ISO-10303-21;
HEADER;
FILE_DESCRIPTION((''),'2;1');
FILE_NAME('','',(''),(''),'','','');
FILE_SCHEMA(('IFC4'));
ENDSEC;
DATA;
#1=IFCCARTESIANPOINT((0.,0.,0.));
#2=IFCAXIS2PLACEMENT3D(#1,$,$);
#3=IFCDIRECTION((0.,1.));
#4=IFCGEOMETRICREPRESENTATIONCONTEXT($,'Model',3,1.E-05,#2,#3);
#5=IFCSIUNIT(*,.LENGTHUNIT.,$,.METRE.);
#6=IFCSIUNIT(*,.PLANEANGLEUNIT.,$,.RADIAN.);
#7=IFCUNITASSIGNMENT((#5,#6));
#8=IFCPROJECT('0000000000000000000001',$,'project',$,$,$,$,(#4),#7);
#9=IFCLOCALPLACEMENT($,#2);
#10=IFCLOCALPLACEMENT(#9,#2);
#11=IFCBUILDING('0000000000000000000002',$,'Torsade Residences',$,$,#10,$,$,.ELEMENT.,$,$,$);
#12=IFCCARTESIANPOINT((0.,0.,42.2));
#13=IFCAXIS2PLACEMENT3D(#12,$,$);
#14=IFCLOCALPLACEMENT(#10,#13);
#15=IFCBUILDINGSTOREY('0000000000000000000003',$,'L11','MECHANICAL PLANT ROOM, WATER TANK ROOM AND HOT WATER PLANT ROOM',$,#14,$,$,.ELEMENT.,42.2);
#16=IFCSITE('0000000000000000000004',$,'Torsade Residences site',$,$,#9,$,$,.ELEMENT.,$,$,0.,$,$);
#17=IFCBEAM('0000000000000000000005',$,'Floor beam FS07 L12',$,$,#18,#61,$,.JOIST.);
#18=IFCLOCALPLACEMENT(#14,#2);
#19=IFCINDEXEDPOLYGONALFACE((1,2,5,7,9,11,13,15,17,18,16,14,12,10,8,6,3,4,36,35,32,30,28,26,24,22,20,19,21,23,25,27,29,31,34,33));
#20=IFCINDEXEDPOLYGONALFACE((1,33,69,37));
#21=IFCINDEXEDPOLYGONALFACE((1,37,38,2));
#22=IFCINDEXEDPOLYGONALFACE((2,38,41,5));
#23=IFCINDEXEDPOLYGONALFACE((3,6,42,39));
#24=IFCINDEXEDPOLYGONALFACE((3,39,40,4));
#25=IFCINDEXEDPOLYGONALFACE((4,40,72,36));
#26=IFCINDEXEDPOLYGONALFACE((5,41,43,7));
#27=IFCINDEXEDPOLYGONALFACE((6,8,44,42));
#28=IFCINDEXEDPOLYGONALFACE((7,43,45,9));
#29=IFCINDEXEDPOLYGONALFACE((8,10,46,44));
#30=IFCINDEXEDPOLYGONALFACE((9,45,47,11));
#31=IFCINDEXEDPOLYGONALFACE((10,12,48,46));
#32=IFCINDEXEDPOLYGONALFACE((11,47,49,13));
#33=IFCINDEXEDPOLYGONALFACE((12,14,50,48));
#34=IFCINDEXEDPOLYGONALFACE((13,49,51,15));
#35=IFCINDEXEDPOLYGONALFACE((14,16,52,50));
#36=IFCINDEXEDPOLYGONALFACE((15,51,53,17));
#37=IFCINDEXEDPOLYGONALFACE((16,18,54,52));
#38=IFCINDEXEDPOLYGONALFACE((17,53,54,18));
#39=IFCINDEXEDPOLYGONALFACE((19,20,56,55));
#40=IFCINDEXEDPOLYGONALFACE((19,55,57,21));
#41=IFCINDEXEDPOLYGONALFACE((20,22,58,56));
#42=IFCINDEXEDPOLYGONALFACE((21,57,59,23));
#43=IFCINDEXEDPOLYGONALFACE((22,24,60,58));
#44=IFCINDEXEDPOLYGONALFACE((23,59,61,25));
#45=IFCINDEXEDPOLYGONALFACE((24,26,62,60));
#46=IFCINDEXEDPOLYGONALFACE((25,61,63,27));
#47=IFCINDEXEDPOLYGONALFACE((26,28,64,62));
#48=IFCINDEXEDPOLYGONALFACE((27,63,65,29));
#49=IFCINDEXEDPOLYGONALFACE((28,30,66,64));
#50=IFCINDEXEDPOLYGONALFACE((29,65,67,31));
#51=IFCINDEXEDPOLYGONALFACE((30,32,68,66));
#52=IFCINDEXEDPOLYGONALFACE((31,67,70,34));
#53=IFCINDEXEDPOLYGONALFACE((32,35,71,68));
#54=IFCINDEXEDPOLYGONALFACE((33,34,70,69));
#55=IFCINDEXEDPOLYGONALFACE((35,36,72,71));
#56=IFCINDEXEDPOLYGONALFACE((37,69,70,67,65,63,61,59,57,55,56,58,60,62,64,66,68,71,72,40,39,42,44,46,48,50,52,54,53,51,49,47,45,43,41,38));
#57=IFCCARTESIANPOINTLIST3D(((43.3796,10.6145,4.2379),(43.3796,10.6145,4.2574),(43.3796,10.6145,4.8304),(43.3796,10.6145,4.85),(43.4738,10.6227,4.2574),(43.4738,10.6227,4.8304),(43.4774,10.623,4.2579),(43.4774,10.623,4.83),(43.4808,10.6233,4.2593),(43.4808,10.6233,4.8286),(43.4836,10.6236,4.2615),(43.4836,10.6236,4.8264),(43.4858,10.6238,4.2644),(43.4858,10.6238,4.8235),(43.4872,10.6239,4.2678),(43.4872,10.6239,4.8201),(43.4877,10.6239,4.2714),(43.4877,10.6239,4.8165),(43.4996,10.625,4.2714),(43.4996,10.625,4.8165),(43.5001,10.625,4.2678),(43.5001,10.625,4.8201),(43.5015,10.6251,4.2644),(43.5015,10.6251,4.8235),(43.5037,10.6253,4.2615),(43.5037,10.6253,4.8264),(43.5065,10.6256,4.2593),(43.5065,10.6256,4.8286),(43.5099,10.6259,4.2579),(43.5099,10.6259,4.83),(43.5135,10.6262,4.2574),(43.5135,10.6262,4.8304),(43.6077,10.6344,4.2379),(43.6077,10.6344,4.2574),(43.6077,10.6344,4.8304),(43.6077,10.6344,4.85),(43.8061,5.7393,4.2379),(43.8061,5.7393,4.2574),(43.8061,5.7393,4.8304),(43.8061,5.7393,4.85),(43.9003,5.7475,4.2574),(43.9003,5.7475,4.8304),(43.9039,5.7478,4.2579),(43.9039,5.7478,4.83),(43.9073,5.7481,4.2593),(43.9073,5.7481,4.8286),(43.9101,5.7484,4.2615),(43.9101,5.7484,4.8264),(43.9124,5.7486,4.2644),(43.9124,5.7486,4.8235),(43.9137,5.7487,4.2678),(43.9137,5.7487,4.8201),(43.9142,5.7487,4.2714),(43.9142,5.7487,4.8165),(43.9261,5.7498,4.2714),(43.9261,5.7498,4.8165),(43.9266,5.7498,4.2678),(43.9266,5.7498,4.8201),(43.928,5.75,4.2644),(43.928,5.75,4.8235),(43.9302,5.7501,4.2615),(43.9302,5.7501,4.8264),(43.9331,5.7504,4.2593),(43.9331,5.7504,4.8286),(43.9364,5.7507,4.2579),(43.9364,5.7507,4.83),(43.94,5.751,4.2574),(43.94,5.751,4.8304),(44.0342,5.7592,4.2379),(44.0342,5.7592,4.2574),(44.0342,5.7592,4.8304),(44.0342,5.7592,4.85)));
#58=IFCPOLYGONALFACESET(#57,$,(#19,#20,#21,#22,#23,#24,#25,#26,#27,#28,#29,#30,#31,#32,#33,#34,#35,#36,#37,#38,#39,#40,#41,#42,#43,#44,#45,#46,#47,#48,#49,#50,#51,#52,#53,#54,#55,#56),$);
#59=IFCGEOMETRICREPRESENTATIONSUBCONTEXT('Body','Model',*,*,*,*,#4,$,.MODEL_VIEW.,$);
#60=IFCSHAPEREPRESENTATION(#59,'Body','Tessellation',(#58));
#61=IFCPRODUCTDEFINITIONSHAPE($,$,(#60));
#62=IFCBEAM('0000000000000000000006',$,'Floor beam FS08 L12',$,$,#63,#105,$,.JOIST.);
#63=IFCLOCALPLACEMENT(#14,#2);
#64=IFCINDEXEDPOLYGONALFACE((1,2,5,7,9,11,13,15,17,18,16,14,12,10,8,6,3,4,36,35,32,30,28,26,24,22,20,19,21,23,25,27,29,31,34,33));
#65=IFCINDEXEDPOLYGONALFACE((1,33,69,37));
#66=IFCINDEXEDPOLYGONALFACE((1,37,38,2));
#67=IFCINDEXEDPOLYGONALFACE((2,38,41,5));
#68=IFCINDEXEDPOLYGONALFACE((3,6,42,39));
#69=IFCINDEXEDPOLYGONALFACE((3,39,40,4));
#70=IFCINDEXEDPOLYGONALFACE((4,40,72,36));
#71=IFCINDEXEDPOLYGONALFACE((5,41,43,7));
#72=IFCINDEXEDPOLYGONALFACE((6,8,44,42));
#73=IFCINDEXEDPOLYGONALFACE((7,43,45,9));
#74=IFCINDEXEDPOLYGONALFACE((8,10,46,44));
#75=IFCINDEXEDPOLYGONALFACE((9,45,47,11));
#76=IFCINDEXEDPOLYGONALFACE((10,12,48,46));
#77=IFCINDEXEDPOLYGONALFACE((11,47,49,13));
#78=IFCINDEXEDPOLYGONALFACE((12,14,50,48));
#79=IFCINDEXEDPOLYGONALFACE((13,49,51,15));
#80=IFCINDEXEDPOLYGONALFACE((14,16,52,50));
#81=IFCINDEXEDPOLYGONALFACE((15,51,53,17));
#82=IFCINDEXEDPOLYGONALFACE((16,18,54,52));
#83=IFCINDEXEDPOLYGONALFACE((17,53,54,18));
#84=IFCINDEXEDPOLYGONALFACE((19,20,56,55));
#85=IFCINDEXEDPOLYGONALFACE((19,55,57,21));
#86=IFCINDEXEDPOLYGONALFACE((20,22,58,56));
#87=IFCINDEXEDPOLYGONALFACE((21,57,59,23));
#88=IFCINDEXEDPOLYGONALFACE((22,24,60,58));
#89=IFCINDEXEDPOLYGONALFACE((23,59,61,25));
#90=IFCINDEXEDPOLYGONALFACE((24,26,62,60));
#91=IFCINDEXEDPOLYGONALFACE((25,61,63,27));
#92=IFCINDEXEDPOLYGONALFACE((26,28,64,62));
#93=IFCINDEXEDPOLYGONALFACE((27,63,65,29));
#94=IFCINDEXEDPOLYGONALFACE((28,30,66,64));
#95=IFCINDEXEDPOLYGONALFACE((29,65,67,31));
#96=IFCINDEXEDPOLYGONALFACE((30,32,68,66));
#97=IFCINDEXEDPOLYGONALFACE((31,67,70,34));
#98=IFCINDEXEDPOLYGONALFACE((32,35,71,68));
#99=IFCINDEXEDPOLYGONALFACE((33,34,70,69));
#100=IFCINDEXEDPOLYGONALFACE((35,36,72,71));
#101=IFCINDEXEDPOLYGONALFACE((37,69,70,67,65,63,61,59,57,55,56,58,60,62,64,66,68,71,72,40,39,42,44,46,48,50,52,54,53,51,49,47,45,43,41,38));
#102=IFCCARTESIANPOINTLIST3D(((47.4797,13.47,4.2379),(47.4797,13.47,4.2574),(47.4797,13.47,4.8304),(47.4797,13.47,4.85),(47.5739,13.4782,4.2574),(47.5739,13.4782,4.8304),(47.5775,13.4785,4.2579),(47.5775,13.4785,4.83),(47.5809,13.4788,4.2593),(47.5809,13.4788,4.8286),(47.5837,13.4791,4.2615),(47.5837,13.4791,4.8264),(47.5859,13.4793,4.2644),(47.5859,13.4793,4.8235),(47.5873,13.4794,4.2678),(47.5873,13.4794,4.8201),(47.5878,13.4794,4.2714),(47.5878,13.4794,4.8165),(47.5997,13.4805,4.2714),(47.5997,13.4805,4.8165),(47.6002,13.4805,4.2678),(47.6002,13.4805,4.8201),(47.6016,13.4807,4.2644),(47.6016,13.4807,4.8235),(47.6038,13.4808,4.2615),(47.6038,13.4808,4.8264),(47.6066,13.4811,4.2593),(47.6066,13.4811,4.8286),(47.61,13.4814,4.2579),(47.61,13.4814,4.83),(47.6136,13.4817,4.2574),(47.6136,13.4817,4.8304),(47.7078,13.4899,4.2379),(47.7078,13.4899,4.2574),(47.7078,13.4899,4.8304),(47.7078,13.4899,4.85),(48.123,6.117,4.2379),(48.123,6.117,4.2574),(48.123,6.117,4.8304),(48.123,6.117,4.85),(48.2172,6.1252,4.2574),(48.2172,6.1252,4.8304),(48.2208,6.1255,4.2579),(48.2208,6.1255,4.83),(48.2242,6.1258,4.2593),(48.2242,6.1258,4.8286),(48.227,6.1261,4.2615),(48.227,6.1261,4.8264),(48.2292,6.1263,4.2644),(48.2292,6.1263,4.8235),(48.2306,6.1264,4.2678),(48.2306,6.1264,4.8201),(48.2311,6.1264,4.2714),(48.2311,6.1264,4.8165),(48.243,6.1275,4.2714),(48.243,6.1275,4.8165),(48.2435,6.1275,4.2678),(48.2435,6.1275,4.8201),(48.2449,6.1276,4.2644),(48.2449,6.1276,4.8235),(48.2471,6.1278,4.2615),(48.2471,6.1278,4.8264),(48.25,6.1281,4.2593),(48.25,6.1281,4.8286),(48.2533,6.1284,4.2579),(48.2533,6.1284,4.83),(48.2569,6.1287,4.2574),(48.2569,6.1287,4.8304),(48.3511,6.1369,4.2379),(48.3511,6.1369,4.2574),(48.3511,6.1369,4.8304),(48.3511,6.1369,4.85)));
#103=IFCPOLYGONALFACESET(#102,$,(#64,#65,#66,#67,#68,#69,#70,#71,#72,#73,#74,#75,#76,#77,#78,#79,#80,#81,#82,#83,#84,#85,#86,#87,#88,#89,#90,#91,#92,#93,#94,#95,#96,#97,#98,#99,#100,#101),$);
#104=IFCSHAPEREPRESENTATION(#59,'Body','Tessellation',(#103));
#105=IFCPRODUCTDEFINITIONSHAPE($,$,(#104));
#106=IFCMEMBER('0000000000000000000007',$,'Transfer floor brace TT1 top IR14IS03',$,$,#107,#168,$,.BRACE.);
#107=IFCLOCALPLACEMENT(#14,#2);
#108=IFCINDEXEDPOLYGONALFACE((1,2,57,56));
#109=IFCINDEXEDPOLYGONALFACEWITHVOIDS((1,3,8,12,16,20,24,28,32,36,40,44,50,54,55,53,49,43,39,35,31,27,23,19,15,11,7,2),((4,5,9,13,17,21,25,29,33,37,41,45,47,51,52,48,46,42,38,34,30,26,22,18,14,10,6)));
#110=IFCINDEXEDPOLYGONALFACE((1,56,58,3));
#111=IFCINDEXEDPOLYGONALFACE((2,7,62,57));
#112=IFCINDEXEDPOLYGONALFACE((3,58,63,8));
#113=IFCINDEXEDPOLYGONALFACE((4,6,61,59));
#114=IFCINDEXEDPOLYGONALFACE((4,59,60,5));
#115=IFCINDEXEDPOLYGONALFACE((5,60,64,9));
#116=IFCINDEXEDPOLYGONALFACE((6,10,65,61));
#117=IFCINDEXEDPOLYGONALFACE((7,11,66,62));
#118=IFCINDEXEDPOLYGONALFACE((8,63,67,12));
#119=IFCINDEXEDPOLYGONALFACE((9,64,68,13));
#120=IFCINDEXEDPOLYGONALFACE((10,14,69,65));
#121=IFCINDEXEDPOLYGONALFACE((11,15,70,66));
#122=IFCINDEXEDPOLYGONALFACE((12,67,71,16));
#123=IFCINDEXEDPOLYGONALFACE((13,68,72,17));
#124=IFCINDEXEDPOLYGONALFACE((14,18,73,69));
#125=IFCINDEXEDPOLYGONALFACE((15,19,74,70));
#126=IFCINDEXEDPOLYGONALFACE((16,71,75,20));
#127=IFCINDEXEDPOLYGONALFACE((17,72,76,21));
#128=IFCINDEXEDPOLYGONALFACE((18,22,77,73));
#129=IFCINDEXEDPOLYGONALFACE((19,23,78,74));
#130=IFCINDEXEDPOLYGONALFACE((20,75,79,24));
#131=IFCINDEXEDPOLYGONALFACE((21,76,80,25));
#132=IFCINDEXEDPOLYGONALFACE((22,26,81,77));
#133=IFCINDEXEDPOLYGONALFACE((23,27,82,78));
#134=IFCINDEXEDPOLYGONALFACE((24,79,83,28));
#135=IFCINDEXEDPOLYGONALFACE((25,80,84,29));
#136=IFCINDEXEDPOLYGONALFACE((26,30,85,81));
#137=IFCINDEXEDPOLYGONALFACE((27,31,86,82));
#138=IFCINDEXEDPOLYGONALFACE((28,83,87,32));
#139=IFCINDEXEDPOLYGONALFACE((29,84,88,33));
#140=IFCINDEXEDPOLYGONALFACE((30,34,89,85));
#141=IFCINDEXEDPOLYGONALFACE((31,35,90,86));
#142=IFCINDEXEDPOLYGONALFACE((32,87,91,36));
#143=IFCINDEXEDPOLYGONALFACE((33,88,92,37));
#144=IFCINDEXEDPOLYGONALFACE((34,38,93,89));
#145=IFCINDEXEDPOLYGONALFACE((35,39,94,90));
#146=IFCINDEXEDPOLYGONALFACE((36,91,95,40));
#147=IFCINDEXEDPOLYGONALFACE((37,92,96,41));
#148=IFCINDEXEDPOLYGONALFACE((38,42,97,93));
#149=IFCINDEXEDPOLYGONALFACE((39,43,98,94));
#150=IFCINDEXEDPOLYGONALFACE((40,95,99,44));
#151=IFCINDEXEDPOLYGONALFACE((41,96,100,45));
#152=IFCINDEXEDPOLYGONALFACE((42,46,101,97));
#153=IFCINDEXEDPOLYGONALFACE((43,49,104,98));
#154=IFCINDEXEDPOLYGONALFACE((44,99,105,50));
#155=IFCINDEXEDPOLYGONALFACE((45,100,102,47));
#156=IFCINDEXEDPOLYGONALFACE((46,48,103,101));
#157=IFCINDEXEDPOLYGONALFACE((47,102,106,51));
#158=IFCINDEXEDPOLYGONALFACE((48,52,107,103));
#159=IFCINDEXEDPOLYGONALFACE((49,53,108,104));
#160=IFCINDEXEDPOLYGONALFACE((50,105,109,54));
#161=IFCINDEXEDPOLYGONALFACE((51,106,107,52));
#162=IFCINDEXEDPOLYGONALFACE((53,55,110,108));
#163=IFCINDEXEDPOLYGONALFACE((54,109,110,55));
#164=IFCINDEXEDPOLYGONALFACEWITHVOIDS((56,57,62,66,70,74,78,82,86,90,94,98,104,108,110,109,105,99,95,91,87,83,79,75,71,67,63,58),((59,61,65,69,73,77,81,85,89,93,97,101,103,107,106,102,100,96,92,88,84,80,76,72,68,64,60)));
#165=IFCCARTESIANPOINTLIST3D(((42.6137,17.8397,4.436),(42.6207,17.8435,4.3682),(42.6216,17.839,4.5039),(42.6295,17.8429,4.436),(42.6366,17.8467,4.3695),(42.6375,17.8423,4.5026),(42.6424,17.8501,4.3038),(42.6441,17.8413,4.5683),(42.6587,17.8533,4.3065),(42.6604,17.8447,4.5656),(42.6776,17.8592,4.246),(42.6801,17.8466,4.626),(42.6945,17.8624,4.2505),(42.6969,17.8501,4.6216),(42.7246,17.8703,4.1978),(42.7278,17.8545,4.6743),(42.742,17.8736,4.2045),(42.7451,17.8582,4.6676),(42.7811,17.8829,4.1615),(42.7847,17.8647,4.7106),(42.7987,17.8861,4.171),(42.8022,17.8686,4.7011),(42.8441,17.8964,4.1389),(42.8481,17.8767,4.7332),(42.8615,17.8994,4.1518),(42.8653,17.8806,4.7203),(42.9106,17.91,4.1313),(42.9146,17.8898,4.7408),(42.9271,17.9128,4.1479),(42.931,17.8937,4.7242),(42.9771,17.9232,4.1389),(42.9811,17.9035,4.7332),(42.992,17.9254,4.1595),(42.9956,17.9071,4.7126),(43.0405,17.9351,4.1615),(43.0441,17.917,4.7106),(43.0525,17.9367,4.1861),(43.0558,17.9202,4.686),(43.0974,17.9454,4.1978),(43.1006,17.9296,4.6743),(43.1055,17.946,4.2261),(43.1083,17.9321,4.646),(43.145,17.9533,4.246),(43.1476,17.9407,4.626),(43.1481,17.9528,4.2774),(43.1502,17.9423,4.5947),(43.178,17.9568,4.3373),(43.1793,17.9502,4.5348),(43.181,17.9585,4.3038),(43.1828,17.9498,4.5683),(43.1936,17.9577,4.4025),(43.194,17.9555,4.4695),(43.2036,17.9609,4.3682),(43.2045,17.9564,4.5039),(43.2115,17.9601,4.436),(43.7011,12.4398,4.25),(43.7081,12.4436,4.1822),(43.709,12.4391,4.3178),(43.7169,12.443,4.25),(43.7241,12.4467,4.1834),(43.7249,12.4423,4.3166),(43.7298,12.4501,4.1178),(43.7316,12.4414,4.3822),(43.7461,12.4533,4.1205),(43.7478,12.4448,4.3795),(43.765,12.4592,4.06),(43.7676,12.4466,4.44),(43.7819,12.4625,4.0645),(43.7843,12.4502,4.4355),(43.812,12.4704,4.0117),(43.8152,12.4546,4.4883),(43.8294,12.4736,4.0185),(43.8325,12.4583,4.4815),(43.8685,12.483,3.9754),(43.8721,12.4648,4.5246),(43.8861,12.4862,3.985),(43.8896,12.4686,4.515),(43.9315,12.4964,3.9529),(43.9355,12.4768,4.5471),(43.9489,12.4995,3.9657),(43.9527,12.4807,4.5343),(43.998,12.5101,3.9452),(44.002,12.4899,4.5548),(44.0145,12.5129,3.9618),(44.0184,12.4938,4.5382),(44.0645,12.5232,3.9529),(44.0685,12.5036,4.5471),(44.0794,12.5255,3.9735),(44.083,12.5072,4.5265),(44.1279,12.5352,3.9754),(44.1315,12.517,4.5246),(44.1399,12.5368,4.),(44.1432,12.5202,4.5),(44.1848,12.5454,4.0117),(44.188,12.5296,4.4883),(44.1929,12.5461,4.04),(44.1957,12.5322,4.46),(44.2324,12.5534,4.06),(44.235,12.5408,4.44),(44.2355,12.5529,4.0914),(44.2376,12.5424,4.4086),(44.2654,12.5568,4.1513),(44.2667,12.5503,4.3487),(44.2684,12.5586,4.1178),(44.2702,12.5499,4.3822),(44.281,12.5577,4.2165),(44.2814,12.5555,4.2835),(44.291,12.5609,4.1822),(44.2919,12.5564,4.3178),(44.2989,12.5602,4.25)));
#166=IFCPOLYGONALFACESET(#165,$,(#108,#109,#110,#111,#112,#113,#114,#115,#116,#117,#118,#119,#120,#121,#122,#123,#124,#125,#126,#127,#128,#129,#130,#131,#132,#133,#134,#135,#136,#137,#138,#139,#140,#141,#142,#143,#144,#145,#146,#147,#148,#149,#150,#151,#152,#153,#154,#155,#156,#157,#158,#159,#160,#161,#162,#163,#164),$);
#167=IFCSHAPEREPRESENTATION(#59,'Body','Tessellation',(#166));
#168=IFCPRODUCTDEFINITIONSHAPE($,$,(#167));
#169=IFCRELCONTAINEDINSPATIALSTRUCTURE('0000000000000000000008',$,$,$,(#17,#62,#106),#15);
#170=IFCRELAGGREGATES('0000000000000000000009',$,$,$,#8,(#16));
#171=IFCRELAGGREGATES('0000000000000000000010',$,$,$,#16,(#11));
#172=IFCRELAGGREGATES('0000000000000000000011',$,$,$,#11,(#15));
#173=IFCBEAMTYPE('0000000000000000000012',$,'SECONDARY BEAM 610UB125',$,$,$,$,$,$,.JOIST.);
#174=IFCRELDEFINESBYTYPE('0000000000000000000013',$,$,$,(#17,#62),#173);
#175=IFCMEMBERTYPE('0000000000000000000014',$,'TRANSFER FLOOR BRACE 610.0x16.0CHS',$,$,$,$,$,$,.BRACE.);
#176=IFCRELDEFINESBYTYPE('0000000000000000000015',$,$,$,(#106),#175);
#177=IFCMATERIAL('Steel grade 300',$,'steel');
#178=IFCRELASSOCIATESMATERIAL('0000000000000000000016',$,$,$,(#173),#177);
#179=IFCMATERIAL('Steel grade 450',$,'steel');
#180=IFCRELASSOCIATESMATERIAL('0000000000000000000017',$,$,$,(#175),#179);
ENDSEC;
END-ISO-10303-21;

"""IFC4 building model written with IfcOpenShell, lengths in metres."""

from ifc_helpers import new_model, si_unit, direction, frame, origin, origin_2d, place, context, subcontext, project, spatial, hollow_circle, i_section, extrude, material, material_profile, profile_set, type_object, element, save


model = new_model("IFC4")

# Units and contexts
model_context = context("Model", 3, precision=1e-05, world=origin(), true_north=direction((0.0, 1.0)))
body_context = subcontext(model_context, "Body", "Model", "MODEL_VIEW")
ifc_project = project(units=[si_unit("LENGTHUNIT", "METRE"), si_unit("PLANEANGLEUNIT", "RADIAN")], contexts=[model_context])

# Site, building, storey
site_placement = place(None, origin())
site = spatial("IfcSite", under=ifc_project, at=site_placement, Name="Torsade Residences site", CompositionType="ELEMENT", RefElevation=0.0)
building_placement = place(site_placement, origin())
building = spatial("IfcBuilding", under=site, at=building_placement, Name="Torsade Residences", CompositionType="ELEMENT")
storey_placement = place(building_placement, frame((0.0, 0.0, 42.2)))
storey = spatial("IfcBuildingStorey", under=building, at=storey_placement, Name="L11", Description="MECHANICAL PLANT ROOM, WATER TANK ROOM AND HOT WATER PLANT ROOM", CompositionType="ELEMENT", Elevation=42.2)

# Beams
ifc_material_1 = material(Name="Steel grade 300", Category="steel")
ifc_material_profile_1 = material_profile(ifc_material_1, i_section(OverallWidth=0.229, OverallDepth=0.6121, WebThickness=0.012, FlangeThickness=0.0195, FilletRadius=0.0139, at=origin_2d()), Name="610UB125")
ifc_profile_set_1 = profile_set([ifc_material_profile_1], Name="Steel grade 300")
beam_type_1 = type_object("IfcBeamType", Name="SECONDARY BEAM 610UB125", PredefinedType="JOIST", material=ifc_profile_set_1)
beam_1_placement = place(storey_placement, frame((43.9202, 5.7493, 4.5439), z_axis=(-0.087153, 0.996195, 0.0), x_axis=(-0.996195, -0.087153, 0.0)))
element("IfcBeam", 1, at=beam_1_placement, inside=storey, type_object=beam_type_1, Name="Floor beam FS07 L12", PredefinedType="JOIST", context=body_context, shape_type="SweptSolid", body=[
    extrude(i_section(OverallWidth=0.229, OverallDepth=0.6121, WebThickness=0.012, FlangeThickness=0.0195, FilletRadius=0.0139, at=origin_2d()), origin(), (0.0, 0.0, 1.0), 4.8938),
])
beam_2_placement = place(storey_placement, frame((48.2371, 6.127, 4.5439), z_axis=(-0.087156, 0.996195, 0.0), x_axis=(-0.996195, -0.087156, 0.0)))
element("IfcBeam", 2, at=beam_2_placement, inside=storey, type_object=beam_type_1, Name="Floor beam FS08 L12", PredefinedType="JOIST", context=body_context, shape_type="SweptSolid", body=[
    extrude(i_section(OverallWidth=0.229, OverallDepth=0.6121, WebThickness=0.012, FlangeThickness=0.0195, FilletRadius=0.0139, at=origin_2d()), origin(), (0.0, 0.0, 1.0), 7.3811),
])

# Member
ifc_material_2 = material(Name="Steel grade 450", Category="steel")
ifc_material_profile_2 = material_profile(ifc_material_2, hollow_circle(Radius=0.3049, WallThickness=0.0161, at=origin_2d()), Name="610.0x16.0CHS")
ifc_profile_set_2 = profile_set([ifc_material_profile_2], Name="Steel grade 450")
member_type_1 = type_object("IfcMemberType", Name="TRANSFER FLOOR BRACE 610.0x16.0CHS", PredefinedType="BRACE", material=ifc_profile_set_2)
member_1_placement = place(storey_placement, frame((44.0, 12.5, 4.25), z_axis=(-0.197299, 0.979762, 0.033754), x_axis=(-0.980321, -0.197412, 0.0)))
element("IfcMember", 3, at=member_1_placement, inside=storey, type_object=member_type_1, Name="Transfer floor brace TT1 top IR14IS03", PredefinedType="BRACE", context=body_context, shape_type="SweptSolid", body=[
    extrude(hollow_circle(Radius=0.3049, WallThickness=0.0161, at=origin_2d()), origin(), (0.0, 0.0, 1.0), 5.5115),
])

save(model, "model.ifc")
